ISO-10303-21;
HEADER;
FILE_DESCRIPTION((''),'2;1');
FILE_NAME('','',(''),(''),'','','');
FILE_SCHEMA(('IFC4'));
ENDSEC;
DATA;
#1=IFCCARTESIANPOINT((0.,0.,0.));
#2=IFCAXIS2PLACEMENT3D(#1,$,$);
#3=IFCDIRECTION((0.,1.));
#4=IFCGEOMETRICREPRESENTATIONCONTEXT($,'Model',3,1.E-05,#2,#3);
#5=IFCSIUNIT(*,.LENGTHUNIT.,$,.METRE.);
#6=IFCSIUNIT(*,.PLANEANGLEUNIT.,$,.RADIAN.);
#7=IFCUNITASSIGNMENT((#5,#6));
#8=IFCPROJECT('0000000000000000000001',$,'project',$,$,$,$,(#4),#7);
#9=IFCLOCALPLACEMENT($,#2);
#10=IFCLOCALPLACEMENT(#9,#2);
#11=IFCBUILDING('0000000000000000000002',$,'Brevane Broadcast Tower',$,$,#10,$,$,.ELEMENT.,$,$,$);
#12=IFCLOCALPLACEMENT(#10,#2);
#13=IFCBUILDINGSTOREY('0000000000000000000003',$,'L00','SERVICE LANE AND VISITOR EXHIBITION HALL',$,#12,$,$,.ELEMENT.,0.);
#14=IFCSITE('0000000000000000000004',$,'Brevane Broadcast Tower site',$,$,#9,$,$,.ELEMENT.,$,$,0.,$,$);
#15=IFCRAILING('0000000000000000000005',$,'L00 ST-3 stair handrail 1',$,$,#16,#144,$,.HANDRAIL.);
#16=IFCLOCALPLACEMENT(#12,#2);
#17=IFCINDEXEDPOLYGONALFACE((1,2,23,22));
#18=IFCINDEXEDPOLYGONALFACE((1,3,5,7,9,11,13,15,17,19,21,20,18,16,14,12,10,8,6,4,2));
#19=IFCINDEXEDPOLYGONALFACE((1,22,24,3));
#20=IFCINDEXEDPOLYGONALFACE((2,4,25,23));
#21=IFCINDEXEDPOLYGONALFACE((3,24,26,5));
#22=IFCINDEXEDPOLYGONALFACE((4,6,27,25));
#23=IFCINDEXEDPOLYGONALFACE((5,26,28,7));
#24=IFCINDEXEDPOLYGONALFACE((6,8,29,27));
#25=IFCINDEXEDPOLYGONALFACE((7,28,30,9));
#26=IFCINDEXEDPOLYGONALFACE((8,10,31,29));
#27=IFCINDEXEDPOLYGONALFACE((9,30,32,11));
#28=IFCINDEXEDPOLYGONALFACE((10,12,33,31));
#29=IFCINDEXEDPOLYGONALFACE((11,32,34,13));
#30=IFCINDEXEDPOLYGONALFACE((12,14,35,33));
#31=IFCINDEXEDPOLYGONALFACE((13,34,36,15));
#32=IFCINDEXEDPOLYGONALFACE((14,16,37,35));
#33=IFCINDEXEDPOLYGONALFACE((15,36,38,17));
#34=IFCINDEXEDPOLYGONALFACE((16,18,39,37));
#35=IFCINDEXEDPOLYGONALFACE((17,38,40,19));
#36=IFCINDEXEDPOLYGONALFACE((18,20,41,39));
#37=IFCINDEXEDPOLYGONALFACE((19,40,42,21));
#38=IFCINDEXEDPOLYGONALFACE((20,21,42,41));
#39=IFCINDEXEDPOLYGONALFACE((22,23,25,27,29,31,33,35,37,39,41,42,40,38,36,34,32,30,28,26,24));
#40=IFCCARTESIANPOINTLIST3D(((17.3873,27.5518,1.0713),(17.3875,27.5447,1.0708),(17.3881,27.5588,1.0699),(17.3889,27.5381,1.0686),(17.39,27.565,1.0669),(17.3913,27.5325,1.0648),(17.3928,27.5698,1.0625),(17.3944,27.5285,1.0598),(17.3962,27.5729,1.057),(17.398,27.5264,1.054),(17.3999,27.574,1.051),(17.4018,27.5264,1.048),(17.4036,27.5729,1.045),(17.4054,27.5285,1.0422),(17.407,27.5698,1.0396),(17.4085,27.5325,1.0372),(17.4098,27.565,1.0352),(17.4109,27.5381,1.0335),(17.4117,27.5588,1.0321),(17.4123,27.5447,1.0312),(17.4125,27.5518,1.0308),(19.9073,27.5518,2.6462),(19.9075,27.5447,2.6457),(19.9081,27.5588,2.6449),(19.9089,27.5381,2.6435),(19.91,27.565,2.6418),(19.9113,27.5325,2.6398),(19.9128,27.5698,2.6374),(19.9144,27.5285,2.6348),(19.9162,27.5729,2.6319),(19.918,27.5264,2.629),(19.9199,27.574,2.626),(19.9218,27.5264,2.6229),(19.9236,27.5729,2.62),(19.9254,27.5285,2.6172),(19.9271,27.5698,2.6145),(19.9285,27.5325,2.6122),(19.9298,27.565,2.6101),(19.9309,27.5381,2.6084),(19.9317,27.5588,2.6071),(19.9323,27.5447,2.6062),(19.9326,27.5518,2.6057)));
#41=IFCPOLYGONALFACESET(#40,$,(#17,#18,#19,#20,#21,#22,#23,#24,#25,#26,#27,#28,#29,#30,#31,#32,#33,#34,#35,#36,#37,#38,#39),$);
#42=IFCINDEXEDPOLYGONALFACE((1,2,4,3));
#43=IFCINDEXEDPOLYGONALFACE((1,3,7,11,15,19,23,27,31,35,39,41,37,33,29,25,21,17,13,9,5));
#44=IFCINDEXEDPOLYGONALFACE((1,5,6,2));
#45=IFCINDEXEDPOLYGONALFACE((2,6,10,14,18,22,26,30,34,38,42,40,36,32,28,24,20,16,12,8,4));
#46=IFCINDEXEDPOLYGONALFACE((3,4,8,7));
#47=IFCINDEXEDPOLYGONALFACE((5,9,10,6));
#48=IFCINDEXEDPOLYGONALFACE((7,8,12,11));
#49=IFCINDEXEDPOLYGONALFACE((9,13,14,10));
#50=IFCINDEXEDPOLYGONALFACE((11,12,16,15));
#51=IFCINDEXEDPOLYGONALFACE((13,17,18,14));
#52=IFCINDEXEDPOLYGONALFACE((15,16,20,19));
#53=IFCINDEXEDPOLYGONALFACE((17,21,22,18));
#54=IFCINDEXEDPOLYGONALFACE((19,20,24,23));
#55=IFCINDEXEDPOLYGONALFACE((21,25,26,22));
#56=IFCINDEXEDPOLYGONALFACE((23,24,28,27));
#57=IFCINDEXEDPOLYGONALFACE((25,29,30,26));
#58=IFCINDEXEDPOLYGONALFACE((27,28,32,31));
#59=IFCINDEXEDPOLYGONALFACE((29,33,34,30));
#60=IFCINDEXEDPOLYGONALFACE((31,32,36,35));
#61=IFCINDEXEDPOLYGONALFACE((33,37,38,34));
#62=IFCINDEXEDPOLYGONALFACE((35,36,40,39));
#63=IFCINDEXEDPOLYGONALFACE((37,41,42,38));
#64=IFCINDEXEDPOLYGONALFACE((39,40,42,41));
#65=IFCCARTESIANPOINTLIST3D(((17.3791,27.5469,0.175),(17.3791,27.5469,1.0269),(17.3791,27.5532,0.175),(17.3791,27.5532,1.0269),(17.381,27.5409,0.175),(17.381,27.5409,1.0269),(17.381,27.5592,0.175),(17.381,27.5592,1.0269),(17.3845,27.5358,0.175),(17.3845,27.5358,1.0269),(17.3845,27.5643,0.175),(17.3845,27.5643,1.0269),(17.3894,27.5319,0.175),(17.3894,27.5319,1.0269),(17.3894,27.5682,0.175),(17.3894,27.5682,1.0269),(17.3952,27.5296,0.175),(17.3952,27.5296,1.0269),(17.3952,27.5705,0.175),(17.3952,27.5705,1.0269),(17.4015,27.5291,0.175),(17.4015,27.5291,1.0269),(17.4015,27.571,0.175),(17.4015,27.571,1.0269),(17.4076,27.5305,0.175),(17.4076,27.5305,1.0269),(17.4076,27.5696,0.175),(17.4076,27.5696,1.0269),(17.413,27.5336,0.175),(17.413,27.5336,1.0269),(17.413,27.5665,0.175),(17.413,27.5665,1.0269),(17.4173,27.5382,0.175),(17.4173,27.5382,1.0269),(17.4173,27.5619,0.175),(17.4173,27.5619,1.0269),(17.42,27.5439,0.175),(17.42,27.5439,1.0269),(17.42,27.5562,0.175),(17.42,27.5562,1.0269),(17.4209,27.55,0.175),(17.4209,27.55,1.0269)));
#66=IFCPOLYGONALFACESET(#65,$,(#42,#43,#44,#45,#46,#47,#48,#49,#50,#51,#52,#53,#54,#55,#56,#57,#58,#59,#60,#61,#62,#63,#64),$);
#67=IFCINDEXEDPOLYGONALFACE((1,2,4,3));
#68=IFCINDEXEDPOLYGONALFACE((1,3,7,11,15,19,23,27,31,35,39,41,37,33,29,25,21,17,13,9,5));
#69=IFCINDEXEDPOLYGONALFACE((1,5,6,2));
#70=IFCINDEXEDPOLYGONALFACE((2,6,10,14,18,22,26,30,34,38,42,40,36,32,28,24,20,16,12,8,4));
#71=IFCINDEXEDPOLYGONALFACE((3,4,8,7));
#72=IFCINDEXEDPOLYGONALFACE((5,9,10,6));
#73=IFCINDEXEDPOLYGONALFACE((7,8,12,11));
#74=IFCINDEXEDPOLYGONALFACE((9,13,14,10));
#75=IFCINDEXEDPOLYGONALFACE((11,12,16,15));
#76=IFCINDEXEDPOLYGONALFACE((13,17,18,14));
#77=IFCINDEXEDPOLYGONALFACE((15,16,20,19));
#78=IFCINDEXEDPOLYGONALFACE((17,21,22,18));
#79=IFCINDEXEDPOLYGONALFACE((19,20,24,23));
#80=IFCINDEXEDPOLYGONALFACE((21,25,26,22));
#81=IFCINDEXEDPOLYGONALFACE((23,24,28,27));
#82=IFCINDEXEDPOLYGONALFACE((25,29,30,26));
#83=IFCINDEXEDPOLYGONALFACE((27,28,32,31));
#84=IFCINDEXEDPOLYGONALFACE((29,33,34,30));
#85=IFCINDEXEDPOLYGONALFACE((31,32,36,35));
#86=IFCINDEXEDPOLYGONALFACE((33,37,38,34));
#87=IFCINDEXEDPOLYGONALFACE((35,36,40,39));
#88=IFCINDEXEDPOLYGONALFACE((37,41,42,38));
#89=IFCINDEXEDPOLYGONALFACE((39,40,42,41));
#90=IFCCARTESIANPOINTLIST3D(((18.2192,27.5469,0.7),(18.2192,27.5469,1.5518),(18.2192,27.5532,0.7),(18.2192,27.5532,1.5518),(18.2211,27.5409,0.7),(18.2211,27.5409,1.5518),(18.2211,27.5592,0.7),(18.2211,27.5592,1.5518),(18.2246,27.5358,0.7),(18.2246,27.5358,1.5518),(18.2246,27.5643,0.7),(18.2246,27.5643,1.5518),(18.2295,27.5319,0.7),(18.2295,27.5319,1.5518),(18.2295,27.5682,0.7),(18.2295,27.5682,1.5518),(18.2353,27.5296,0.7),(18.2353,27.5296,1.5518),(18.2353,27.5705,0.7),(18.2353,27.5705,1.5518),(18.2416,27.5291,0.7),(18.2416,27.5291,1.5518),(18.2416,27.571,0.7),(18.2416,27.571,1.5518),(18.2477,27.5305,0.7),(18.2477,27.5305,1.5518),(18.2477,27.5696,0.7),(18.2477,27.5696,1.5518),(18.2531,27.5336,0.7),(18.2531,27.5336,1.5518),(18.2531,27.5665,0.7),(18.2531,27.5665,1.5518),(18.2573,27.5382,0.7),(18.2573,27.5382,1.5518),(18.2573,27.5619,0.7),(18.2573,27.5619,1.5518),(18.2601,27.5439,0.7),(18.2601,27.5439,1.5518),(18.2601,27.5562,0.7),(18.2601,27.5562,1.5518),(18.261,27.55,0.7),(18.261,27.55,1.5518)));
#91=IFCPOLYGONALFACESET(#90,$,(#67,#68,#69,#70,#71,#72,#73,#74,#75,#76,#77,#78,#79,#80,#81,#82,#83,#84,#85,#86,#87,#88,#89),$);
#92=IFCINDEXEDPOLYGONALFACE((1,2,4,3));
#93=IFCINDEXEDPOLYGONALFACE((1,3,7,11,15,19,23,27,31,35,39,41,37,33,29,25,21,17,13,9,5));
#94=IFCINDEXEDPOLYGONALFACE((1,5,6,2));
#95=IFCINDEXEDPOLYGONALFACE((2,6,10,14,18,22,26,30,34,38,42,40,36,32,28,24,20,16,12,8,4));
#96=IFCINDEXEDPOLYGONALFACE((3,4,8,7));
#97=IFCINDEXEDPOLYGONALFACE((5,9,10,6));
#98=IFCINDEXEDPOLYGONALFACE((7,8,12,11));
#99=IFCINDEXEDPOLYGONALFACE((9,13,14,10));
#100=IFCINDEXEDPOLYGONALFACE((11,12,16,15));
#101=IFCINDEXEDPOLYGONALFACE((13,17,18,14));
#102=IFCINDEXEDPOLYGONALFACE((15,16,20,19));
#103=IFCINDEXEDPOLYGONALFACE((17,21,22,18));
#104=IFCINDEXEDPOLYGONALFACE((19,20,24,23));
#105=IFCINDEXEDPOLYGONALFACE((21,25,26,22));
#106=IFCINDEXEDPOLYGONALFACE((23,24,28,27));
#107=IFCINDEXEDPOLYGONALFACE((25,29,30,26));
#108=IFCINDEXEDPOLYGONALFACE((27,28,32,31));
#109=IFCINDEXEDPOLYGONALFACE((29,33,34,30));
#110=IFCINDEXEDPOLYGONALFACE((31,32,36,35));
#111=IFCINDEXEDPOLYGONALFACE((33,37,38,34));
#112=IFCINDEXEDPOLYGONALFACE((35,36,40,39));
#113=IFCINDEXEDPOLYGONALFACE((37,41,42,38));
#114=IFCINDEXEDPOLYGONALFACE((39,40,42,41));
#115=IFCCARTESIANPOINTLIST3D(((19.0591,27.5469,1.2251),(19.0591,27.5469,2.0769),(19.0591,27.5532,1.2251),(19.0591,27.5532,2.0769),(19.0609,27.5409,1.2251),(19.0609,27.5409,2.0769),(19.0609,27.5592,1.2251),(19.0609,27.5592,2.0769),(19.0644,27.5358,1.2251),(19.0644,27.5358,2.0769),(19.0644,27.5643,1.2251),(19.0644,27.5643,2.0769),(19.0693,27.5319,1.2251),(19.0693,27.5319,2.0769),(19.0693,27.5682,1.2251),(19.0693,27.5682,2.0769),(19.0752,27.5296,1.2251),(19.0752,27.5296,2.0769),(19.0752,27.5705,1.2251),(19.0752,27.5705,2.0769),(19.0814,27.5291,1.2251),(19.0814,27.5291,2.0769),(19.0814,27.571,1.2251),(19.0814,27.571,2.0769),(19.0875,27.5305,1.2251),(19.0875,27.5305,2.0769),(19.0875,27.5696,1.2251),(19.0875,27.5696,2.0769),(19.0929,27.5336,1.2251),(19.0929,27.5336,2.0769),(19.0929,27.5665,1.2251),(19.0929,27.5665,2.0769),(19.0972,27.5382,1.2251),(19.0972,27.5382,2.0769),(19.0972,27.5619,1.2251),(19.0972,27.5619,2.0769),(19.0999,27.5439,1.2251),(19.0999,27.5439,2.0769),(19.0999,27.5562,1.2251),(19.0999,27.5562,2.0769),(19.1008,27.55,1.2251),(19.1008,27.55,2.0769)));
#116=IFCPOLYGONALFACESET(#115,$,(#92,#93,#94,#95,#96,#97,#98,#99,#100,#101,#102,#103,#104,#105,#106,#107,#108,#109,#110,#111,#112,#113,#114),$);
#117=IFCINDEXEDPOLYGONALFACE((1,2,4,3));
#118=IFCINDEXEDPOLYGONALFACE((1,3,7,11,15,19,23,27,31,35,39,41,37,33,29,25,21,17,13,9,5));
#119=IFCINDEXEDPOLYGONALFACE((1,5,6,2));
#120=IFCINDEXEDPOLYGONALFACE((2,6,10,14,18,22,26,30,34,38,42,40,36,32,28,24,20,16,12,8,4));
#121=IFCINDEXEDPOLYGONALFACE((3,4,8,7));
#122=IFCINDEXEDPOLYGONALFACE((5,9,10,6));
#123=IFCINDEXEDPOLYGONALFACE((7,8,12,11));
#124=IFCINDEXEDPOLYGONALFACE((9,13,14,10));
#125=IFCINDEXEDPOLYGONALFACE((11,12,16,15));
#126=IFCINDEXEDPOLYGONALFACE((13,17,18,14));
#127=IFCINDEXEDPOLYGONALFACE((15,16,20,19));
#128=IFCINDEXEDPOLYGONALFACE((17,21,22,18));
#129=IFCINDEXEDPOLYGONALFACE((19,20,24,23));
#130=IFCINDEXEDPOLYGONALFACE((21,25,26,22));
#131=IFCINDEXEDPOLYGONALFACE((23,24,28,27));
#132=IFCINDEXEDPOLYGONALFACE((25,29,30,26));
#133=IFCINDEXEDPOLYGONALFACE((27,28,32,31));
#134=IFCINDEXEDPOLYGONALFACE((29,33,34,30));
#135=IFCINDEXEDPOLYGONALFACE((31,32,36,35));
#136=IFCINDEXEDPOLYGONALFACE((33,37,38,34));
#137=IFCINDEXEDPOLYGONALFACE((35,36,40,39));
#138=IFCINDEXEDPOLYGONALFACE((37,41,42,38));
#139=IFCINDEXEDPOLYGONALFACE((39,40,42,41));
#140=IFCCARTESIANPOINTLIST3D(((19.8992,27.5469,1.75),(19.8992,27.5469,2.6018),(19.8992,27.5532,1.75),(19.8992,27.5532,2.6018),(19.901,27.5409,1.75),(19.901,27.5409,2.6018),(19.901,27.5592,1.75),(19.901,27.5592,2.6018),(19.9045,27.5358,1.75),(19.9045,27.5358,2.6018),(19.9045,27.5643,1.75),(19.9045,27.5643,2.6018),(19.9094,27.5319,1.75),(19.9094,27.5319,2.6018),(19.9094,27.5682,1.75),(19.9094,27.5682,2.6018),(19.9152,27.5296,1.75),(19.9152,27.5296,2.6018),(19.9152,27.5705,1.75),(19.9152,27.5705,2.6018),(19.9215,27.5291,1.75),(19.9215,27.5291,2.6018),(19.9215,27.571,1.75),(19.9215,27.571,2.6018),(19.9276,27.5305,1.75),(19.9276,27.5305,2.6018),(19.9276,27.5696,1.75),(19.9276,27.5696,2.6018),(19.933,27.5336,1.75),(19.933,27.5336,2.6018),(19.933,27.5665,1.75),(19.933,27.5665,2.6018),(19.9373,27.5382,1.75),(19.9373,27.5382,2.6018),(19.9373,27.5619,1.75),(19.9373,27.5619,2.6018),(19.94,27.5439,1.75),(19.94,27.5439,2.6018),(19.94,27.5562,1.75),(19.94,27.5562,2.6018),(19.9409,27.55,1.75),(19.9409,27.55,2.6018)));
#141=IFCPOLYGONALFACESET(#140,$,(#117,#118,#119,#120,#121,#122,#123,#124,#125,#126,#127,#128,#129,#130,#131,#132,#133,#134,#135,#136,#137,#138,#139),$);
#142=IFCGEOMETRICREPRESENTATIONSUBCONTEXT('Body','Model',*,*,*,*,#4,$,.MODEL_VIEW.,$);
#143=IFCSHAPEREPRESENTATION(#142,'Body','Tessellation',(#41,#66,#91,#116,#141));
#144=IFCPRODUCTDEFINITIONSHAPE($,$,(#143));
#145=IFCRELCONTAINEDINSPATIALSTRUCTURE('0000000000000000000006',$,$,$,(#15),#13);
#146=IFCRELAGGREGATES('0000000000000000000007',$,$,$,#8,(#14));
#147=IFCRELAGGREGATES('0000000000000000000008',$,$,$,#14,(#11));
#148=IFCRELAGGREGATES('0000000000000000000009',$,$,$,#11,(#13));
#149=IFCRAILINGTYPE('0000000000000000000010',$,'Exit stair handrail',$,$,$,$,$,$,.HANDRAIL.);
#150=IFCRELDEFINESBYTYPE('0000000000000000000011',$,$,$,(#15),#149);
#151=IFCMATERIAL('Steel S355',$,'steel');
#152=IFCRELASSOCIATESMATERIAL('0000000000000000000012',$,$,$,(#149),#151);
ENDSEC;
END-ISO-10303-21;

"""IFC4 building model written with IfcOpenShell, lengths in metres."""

from ifc_helpers import new_model, si_unit, direction, frame, origin, origin_2d, place, context, subcontext, project, spatial, circle, extrude, material, type_object, element, save


model = new_model("IFC4")

# Units and contexts
model_context = context("Model", 3, precision=1e-05, world=origin(), true_north=direction((0.0, 1.0)))
body_context = subcontext(model_context, "Body", "Model", "MODEL_VIEW")
ifc_project = project(units=[si_unit("LENGTHUNIT", "METRE"), si_unit("PLANEANGLEUNIT", "RADIAN")], contexts=[model_context])

# Site, building, storey
site_placement = place(None, origin())
site = spatial("IfcSite", under=ifc_project, at=site_placement, Name="Brevane Broadcast Tower site", CompositionType="ELEMENT", RefElevation=0.0)
building_placement = place(site_placement, origin())
building = spatial("IfcBuilding", under=site, at=building_placement, Name="Brevane Broadcast Tower", CompositionType="ELEMENT")
storey_placement = place(building_placement, origin())
storey = spatial("IfcBuildingStorey", under=building, at=storey_placement, Name="L00", Description="SERVICE LANE AND VISITOR EXHIBITION HALL", CompositionType="ELEMENT", Elevation=0.0)

# Railing
ifc_material_1 = material(Name="Steel S355", Category="steel")
railing_type_1 = type_object("IfcRailingType", Name="Exit stair handrail", PredefinedType="HANDRAIL", material=ifc_material_1)
for number, where, name in (
    (1, (17.3999, 27.55, 0.175), "L00 ST-3 stair handrail 1"),
):
    element("IfcRailing", number, at=place(storey_placement, frame(where)), inside=storey, type_object=railing_type_1, Name=name, PredefinedType="HANDRAIL", context=body_context, shape_type="SweptSolid", body=[
        extrude(circle(Radius=0.0239, at=origin_2d()), frame((0.0, 0.0, 0.876), z_axis=(0.848008, 0.0, 0.529984), x_axis=(0.0, 1.0, 0.0)), (0.0, 0.0, 1.0), 2.9717),
        extrude(circle(Radius=0.021, at=origin_2d()), origin(), (0.0, 0.0, 1.0), 0.8518),
        extrude(circle(Radius=0.021, at=origin_2d()), frame((0.8401, 0.0, 0.5249)), (0.0, 0.0, 1.0), 0.8518),
        extrude(circle(Radius=0.021, at=origin_2d()), frame((1.6799, 0.0, 1.05)), (0.0, 0.0, 1.0), 0.8518),
        extrude(circle(Radius=0.021, at=origin_2d()), frame((2.52, 0.0, 1.575)), (0.0, 0.0, 1.0), 0.8518),
    ])

save(model, "model.ifc")
